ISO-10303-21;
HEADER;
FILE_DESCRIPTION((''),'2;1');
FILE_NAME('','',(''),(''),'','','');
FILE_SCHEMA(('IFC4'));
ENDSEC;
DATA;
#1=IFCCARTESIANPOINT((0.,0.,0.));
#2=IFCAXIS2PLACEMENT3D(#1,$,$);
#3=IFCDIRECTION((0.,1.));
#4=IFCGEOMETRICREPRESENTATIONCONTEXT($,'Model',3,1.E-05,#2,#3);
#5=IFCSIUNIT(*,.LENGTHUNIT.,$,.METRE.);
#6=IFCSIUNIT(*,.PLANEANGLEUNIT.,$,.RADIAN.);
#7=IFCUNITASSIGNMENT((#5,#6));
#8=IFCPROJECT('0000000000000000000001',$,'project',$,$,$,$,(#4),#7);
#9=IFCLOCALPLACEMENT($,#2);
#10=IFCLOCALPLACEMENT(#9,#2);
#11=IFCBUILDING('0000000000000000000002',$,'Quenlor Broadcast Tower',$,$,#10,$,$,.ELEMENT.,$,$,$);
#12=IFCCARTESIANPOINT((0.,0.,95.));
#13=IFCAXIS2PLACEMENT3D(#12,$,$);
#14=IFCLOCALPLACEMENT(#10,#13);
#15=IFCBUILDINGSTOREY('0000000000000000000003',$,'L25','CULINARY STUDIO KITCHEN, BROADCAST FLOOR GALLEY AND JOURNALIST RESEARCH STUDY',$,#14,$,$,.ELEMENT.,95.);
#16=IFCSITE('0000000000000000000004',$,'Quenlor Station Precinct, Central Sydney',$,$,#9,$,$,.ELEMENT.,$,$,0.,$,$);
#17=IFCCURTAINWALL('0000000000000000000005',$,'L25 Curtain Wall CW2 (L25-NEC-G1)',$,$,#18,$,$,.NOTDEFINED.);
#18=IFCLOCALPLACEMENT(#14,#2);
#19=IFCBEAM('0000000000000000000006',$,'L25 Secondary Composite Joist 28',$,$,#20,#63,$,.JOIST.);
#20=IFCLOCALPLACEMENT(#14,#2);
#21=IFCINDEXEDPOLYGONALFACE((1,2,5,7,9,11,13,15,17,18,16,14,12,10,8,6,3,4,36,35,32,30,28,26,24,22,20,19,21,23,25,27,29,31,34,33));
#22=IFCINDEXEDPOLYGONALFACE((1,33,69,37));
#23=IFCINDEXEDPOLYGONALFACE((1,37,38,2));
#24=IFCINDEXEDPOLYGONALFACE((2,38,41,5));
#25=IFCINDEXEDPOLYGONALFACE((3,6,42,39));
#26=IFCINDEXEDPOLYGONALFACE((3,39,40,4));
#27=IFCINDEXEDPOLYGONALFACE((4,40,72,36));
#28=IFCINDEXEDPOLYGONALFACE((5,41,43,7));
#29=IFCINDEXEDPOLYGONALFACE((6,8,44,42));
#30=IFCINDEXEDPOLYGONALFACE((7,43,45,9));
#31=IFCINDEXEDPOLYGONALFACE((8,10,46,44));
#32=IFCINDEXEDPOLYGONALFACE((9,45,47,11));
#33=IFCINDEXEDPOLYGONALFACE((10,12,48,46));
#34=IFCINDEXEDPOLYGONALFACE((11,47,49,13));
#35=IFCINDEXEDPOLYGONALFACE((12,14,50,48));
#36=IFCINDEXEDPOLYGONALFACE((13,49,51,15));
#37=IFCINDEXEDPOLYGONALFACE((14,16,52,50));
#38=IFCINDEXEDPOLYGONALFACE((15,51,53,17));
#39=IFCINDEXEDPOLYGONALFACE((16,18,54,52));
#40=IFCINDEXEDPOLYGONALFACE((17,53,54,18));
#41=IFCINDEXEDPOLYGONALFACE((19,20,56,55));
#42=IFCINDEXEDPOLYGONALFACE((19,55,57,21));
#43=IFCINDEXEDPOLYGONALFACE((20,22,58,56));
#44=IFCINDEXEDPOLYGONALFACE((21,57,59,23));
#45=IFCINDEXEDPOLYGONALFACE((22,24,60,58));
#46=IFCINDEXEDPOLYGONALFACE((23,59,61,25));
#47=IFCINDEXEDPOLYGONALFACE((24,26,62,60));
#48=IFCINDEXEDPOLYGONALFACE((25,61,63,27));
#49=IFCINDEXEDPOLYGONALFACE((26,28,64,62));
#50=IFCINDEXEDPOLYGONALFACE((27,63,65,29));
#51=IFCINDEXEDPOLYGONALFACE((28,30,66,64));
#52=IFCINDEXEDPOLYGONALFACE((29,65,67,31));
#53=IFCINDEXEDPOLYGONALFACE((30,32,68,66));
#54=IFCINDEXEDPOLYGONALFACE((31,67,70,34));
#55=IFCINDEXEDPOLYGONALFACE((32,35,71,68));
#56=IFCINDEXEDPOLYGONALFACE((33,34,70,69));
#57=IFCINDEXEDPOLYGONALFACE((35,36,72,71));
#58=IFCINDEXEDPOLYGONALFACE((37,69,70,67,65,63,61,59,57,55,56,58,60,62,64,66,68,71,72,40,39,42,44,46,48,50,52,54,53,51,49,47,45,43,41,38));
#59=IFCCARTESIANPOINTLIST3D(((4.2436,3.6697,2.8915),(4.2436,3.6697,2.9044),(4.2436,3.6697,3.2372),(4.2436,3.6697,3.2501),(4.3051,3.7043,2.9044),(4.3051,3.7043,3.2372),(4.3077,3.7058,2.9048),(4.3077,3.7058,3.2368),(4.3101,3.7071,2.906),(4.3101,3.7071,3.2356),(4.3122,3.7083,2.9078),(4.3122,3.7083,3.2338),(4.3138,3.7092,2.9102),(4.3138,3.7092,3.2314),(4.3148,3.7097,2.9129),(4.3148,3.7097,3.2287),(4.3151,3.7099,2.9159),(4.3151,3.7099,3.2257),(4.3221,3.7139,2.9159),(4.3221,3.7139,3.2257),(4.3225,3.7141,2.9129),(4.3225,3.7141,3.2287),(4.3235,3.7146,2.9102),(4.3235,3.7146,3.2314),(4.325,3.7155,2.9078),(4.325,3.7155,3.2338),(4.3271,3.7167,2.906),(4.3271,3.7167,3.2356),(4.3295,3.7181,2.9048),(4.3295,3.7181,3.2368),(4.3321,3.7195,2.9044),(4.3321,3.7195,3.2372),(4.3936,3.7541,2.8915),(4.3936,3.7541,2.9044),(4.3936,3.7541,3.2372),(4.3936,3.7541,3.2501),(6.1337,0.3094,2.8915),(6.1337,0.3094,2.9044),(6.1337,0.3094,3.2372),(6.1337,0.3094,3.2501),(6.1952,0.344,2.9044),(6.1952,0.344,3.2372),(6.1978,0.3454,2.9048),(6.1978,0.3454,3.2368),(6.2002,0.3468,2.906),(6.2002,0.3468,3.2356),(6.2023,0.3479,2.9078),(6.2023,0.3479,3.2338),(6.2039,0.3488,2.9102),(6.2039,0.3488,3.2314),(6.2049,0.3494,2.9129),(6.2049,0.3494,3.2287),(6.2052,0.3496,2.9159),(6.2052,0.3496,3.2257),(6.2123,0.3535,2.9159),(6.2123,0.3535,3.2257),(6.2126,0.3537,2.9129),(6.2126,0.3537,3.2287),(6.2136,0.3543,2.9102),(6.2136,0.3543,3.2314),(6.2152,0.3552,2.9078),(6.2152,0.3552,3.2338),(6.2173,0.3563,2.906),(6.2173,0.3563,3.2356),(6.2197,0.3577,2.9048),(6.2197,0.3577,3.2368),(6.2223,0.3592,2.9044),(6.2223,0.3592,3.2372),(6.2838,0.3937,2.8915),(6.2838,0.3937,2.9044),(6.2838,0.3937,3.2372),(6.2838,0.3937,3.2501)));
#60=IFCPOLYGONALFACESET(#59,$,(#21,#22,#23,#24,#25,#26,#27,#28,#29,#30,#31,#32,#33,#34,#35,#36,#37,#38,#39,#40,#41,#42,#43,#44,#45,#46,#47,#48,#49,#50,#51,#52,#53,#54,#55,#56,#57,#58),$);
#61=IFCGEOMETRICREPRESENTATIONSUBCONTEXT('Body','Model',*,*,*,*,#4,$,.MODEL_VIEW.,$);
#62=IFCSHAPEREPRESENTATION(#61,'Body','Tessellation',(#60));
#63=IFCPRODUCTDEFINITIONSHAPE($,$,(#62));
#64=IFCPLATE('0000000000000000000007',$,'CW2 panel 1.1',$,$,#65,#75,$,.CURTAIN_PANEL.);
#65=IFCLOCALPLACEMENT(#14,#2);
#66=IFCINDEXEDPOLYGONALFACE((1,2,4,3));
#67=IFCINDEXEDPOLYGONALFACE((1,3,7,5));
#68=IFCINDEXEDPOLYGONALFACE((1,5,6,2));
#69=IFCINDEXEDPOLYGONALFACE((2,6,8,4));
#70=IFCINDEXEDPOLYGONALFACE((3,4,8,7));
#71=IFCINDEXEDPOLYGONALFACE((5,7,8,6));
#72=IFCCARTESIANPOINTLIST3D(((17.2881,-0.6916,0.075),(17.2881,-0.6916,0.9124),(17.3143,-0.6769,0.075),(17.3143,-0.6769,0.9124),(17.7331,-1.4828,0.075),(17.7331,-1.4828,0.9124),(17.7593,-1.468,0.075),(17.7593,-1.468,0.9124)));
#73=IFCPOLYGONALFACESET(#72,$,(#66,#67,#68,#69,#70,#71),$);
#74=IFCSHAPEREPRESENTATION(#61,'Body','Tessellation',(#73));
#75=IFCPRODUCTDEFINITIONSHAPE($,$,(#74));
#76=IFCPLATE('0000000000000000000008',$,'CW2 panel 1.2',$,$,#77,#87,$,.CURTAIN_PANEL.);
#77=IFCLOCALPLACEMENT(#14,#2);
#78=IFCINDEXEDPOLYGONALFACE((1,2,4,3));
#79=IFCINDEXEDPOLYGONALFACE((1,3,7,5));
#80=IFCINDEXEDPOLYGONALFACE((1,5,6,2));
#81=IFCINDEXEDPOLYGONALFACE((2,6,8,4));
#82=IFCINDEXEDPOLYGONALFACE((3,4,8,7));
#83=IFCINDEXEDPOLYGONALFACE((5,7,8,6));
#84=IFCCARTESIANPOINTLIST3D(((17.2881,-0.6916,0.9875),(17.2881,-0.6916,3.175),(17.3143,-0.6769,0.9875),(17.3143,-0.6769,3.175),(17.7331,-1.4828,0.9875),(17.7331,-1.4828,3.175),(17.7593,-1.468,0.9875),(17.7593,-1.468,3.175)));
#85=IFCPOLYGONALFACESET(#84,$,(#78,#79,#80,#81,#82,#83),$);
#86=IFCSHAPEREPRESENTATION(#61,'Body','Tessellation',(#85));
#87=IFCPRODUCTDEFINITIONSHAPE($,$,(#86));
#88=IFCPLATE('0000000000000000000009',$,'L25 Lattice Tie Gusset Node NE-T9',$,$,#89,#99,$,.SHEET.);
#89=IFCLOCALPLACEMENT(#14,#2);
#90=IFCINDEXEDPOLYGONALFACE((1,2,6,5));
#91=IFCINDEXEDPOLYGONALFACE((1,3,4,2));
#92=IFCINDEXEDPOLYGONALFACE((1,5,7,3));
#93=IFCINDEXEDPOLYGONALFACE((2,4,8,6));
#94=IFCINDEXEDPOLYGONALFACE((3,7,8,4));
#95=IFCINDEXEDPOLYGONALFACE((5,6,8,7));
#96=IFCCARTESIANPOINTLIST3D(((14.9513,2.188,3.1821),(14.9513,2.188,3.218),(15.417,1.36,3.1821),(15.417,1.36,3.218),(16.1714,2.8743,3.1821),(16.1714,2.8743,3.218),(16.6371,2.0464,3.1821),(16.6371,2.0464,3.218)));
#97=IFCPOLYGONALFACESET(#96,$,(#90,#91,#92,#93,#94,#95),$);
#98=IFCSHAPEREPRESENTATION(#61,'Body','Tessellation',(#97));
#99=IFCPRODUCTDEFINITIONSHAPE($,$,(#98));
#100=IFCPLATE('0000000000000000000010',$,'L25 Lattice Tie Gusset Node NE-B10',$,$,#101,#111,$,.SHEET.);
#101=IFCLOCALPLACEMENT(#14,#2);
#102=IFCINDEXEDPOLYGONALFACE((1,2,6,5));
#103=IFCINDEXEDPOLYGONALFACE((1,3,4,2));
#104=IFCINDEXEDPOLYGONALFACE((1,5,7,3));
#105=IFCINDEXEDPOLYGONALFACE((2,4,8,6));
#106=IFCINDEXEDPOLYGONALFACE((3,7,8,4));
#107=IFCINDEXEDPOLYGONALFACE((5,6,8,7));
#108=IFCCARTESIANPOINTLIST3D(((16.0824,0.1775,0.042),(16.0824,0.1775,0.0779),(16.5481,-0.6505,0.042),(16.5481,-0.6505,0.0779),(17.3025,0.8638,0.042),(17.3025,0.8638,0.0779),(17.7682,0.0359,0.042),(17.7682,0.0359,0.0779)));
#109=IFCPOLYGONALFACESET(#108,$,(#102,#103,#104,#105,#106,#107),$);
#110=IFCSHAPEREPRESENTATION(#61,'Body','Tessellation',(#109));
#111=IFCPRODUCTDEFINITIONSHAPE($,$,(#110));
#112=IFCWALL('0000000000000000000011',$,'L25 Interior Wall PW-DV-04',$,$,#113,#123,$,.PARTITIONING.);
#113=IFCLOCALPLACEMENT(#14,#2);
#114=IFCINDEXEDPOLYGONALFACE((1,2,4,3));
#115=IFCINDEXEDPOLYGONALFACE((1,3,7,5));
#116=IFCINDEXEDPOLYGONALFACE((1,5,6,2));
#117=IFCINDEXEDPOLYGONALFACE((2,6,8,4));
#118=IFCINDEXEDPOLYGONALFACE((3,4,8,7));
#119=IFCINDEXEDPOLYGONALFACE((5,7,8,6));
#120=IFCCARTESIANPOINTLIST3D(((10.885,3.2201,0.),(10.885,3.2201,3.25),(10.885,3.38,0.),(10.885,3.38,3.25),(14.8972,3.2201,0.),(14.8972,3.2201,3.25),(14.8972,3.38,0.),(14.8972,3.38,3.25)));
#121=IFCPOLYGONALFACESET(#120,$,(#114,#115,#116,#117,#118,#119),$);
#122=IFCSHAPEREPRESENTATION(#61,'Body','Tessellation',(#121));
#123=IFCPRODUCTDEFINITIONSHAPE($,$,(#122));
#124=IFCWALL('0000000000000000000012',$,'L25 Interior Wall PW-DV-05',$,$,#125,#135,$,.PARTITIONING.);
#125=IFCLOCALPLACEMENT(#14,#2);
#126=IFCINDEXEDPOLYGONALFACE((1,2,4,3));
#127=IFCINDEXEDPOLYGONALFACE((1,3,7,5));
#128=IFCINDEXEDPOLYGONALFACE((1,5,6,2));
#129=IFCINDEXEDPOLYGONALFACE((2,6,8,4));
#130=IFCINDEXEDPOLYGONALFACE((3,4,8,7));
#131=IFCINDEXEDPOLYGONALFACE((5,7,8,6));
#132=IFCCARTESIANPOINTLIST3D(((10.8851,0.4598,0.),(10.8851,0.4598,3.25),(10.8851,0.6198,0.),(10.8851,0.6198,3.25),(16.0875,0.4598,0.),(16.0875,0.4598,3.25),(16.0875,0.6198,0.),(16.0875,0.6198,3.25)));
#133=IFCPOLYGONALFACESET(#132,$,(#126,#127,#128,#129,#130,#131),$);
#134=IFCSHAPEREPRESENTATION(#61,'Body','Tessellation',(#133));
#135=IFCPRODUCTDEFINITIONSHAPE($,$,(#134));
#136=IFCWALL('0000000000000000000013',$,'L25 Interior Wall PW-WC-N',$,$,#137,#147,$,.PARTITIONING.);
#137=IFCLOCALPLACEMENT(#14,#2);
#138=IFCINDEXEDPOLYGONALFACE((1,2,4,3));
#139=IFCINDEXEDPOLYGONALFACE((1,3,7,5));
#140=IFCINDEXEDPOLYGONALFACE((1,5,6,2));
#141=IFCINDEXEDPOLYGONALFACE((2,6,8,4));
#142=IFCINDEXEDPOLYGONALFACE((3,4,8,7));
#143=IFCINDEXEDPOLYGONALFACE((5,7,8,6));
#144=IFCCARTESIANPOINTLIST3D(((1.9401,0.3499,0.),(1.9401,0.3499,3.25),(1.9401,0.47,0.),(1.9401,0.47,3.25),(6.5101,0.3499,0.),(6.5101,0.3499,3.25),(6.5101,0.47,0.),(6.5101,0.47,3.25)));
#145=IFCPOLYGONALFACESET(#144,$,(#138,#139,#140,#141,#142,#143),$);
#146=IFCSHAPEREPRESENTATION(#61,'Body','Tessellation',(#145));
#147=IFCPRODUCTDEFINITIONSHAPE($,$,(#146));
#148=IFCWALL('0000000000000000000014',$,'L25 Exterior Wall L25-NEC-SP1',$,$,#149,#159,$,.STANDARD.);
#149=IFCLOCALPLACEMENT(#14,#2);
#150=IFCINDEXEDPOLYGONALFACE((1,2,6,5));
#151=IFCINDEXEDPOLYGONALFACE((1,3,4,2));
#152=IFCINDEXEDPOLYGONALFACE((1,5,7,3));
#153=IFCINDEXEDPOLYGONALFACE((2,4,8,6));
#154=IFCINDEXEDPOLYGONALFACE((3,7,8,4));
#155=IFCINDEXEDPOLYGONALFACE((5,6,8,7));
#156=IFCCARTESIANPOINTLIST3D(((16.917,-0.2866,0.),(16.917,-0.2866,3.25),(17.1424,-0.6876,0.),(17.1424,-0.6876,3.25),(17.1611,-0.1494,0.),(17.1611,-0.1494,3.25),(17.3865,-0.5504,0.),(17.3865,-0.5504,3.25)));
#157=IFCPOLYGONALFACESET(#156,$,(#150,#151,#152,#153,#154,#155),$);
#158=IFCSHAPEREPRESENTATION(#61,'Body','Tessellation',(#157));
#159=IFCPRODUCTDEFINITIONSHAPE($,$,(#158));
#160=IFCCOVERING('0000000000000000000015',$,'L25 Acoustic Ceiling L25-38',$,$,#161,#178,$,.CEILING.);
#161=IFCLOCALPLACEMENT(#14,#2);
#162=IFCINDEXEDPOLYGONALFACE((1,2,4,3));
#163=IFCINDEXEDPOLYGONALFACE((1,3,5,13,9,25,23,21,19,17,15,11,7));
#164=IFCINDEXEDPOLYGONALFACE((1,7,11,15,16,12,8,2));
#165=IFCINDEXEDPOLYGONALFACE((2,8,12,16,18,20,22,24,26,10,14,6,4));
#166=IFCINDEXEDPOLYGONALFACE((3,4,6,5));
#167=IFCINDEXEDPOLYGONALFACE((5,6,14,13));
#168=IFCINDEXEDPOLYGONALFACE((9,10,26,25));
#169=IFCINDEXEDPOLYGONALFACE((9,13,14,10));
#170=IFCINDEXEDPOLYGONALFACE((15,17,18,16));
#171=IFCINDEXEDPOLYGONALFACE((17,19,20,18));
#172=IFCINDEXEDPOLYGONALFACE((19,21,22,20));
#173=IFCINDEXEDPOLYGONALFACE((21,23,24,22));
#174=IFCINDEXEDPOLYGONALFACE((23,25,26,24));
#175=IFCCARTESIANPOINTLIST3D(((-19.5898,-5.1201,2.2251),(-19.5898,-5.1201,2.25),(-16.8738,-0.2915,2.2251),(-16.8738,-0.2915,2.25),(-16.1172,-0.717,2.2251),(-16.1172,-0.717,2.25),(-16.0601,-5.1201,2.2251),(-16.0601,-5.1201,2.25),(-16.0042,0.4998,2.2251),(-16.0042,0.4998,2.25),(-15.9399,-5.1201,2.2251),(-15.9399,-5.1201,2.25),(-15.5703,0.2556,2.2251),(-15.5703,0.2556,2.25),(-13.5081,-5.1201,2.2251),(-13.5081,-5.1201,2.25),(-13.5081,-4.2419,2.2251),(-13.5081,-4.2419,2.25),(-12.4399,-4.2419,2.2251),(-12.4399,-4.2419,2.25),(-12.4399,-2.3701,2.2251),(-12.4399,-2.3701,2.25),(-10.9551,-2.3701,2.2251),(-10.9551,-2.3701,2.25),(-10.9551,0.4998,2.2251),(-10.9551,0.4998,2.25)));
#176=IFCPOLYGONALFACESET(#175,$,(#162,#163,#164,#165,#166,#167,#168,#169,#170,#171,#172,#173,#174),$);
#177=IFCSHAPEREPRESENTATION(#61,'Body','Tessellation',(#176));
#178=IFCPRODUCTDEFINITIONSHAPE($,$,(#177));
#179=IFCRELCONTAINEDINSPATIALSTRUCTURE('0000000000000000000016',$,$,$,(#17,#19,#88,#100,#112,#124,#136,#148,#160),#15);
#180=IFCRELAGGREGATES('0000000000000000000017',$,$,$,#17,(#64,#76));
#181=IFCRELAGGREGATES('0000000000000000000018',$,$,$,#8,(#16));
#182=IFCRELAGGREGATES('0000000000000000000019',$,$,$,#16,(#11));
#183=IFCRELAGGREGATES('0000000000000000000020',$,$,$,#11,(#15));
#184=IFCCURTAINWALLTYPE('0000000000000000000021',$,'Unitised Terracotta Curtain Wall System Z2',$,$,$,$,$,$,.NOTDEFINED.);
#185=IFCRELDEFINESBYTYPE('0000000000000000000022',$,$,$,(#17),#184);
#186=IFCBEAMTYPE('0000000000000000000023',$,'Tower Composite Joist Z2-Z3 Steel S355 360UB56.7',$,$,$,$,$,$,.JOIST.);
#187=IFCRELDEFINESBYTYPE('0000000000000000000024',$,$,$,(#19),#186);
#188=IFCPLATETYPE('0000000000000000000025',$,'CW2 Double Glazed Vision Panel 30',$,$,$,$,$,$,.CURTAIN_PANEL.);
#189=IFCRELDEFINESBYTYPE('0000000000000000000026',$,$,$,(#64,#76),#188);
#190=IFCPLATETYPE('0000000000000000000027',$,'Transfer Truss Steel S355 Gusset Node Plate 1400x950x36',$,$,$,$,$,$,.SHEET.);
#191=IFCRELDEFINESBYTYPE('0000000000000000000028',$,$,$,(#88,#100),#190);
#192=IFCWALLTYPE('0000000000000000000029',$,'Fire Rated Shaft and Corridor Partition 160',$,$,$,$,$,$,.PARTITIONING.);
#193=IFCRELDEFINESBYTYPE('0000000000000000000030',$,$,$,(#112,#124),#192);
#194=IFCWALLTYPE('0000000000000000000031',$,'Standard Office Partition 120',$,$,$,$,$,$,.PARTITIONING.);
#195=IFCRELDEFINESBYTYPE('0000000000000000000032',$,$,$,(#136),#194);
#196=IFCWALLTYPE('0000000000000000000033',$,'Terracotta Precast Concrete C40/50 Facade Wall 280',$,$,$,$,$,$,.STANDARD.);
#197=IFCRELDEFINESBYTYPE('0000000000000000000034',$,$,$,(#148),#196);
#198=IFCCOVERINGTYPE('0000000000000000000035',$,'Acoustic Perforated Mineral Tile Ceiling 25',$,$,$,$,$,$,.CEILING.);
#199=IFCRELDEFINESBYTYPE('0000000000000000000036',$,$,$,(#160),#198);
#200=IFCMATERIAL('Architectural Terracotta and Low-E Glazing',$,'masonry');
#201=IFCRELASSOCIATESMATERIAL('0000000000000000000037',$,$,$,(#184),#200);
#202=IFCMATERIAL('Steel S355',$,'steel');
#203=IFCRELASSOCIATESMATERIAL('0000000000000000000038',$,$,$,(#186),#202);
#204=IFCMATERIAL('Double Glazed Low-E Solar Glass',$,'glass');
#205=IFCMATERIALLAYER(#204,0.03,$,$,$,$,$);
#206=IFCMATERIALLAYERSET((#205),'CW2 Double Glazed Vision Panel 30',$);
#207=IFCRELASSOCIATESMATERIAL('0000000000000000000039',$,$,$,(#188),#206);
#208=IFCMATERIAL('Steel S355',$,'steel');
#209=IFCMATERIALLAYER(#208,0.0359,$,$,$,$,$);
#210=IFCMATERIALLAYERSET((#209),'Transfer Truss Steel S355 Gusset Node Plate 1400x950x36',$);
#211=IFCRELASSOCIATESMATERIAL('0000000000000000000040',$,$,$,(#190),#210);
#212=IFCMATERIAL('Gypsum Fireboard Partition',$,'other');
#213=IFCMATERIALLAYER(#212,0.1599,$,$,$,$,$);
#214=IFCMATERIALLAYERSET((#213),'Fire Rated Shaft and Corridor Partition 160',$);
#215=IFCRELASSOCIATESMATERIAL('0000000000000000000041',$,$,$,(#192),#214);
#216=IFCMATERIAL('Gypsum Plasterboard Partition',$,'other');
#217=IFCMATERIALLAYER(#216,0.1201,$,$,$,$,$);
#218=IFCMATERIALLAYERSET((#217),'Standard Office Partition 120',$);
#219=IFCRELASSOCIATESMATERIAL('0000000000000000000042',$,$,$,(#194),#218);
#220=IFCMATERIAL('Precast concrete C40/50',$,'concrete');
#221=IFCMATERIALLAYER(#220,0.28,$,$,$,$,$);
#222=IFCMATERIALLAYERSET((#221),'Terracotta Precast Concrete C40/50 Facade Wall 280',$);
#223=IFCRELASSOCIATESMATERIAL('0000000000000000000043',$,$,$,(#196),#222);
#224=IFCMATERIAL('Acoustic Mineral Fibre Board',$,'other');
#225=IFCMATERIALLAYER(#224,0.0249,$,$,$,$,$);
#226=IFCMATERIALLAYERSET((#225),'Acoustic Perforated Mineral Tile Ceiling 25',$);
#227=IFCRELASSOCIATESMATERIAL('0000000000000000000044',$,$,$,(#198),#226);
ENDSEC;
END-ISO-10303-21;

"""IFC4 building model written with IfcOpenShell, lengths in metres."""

from ifc_helpers import new_model, si_unit, direction, frame, frame_2d, origin, origin_2d, place, context, subcontext, project, spatial, polyline, rectangle, i_section, outline, extrude, material, layer, layer_set, material_profile, profile_set, type_object, element, aggregate, save


model = new_model("IFC4")

# Units and contexts
model_context = context("Model", 3, precision=1e-05, world=origin(), true_north=direction((0.0, 1.0)))
body_context = subcontext(model_context, "Body", "Model", "MODEL_VIEW")
ifc_project = project(units=[si_unit("LENGTHUNIT", "METRE"), si_unit("PLANEANGLEUNIT", "RADIAN")], contexts=[model_context])

# Site, building, storey
site_placement = place(None, origin())
site = spatial("IfcSite", under=ifc_project, at=site_placement, Name="Quenlor Station Precinct, Central Sydney", CompositionType="ELEMENT", RefElevation=0.0)
building_placement = place(site_placement, origin())
building = spatial("IfcBuilding", under=site, at=building_placement, Name="Quenlor Broadcast Tower", CompositionType="ELEMENT")
storey_placement = place(building_placement, frame((0.0, 0.0, 95.0)))
storey = spatial("IfcBuildingStorey", under=building, at=storey_placement, Name="L25", Description="CULINARY STUDIO KITCHEN, BROADCAST FLOOR GALLEY AND JOURNALIST RESEARCH STUDY", CompositionType="ELEMENT", Elevation=95.0)

# Curtain wall
ifc_material_1 = material(Name="Architectural Terracotta and Low-E Glazing", Category="masonry")
curtain_wall_type = type_object("IfcCurtainWallType", Name="Unitised Terracotta Curtain Wall System Z2", PredefinedType="NOTDEFINED", material=ifc_material_1)
curtain_wall_placement = place(storey_placement, origin())
curtain_wall = element("IfcCurtainWall", 1, at=curtain_wall_placement, inside=storey, type_object=curtain_wall_type, Name="L25 Curtain Wall CW2 (L25-NEC-G1)", PredefinedType="NOTDEFINED")

# Beam
ifc_material_2 = material(Name="Steel S355", Category="steel")
ifc_material_profile_1 = material_profile(ifc_material_2, i_section(OverallWidth=0.1721, OverallDepth=0.3586, WebThickness=0.0081, FlangeThickness=0.0129, FilletRadius=0.0115, at=origin_2d()))
ifc_profile_set_1 = profile_set([ifc_material_profile_1], Name="Steel S355 360UB56.7")
beam_type_1 = type_object("IfcBeamType", Name="Tower Composite Joist Z2-Z3 Steel S355 360UB56.7", PredefinedType="JOIST", material=ifc_profile_set_1)
beam_1_placement = place(storey_placement, frame((4.3186, 3.7119, 3.0708), z_axis=(0.490249, -0.871582, 0.0), x_axis=(0.871582, 0.490249, 0.0)))
element("IfcBeam", 2, at=beam_1_placement, inside=storey, type_object=beam_type_1, Name="L25 Secondary Composite Joist 28", PredefinedType="JOIST", context=body_context, shape_type="SweptSolid", body=[
    extrude(i_section(OverallWidth=0.1721, OverallDepth=0.3586, WebThickness=0.0081, FlangeThickness=0.0129, FilletRadius=0.0115, at=origin_2d()), origin(), (0.0, 0.0, 1.0), 3.8555),
])

# Plates
ifc_material_3 = material(Name="Double Glazed Low-E Solar Glass", Category="glass")
ifc_layer_1 = layer(ifc_material_3, 0.03)
ifc_layer_set_1 = layer_set([ifc_layer_1], Name="CW2 Double Glazed Vision Panel 30")
plate_type_1 = type_object("IfcPlateType", Name="CW2 Double Glazed Vision Panel 30", PredefinedType="CURTAIN_PANEL", material=ifc_layer_set_1)
plate_1_placement = place(storey_placement, frame((17.5237, -1.0798, 0.075), z_axis=(0.0, 0.0, 1.0), x_axis=(0.490252, -0.871581, 0.0)))
plate_1 = element("IfcPlate", 3, at=plate_1_placement, type_object=plate_type_1, Name="CW2 panel 1.1", PredefinedType="CURTAIN_PANEL", context=body_context, shape_type="SweptSolid", body=[
    extrude(rectangle(XDim=0.9077, YDim=0.03, at=origin_2d()), origin(), (0.0, 0.0, 1.0), 0.8374),
])
plate_2_placement = place(storey_placement, frame((17.5237, -1.0798, 0.9875), z_axis=(0.0, 0.0, 1.0), x_axis=(0.490252, -0.871581, 0.0)))
plate_2 = element("IfcPlate", 4, at=plate_2_placement, type_object=plate_type_1, Name="CW2 panel 1.2", PredefinedType="CURTAIN_PANEL", context=body_context, shape_type="SweptSolid", body=[
    extrude(rectangle(XDim=0.9077, YDim=0.03, at=origin_2d()), origin(), (0.0, 0.0, 1.0), 2.1875),
])
aggregate(curtain_wall, [plate_1, plate_2])

# Plates
ifc_material_4 = material(Name="Steel S355", Category="steel")
ifc_layer_2 = layer(ifc_material_4, 0.0359)
ifc_layer_set_2 = layer_set([ifc_layer_2], Name="Transfer Truss Steel S355 Gusset Node Plate 1400x950x36")
plate_type_2 = type_object("IfcPlateType", Name="Transfer Truss Steel S355 Gusset Node Plate 1400x950x36", PredefinedType="SHEET", material=ifc_layer_set_2)
for number, where, z_axis, x_axis, name in (
    (5, (15.7942, 2.1172, 3.1821), (0.0, 0.0, 1.0), (0.871556, 0.490295, 0.0), "L25 Lattice Tie Gusset Node NE-T9"),
    (6, (16.9253, 0.1067, 0.042), (0.0, 0.0, 1.0), (0.871556, 0.490295, 0.0), "L25 Lattice Tie Gusset Node NE-B10"),
):
    element("IfcPlate", number, at=place(storey_placement, frame(where, z_axis=z_axis, x_axis=x_axis)), inside=storey, type_object=plate_type_2, Name=name, PredefinedType="SHEET", context=body_context, shape_type="SweptSolid", body=[
        extrude(rectangle(XDim=1.3999, YDim=0.95, at=origin_2d()), origin(), (0.0, 0.0, 1.0), 0.0359),
    ])

# Walls
ifc_material_5 = material(Name="Gypsum Fireboard Partition", Category="other")
ifc_layer_3 = layer(ifc_material_5, 0.1599)
ifc_layer_set_3 = layer_set([ifc_layer_3], Name="Fire Rated Shaft and Corridor Partition 160")
wall_type_1 = type_object("IfcWallType", Name="Fire Rated Shaft and Corridor Partition 160", PredefinedType="PARTITIONING", material=ifc_layer_set_3)
wall_1_placement = place(storey_placement, frame((14.8972, 3.3, 0.0), z_axis=(0.0, 0.0, 1.0), x_axis=(-1.0, 0.0, 0.0)))
element("IfcWall", 7, at=wall_1_placement, inside=storey, type_object=wall_type_1, Name="L25 Interior Wall PW-DV-04", PredefinedType="PARTITIONING", context=body_context, shape_type="SweptSolid", body=[
    extrude(rectangle(XDim=4.0122, YDim=0.1599, at=frame_2d((2.0061, 0.0))), origin(), (0.0, 0.0, 1.0), 3.25),
])
wall_2_placement = place(storey_placement, frame((16.0874, 0.5398, 0.0), z_axis=(0.0, 0.0, 1.0), x_axis=(-1.0, 0.0, 0.0)))
element("IfcWall", 8, at=wall_2_placement, inside=storey, type_object=wall_type_1, Name="L25 Interior Wall PW-DV-05", PredefinedType="PARTITIONING", context=body_context, shape_type="SweptSolid", body=[
    extrude(rectangle(XDim=5.2024, YDim=0.1599, at=frame_2d((2.6011, 0.0))), origin(), (0.0, 0.0, 1.0), 3.25),
])
ifc_material_6 = material(Name="Gypsum Plasterboard Partition", Category="other")
ifc_layer_4 = layer(ifc_material_6, 0.1201)
ifc_layer_set_4 = layer_set([ifc_layer_4], Name="Standard Office Partition 120")
wall_type_2 = type_object("IfcWallType", Name="Standard Office Partition 120", PredefinedType="PARTITIONING", material=ifc_layer_set_4)
wall_3_placement = place(storey_placement, frame((1.9399, 0.4099, 0.0), z_axis=(0.0, 0.0, 1.0), x_axis=(1.0, 0.0, 0.0)))
element("IfcWall", 9, at=wall_3_placement, inside=storey, type_object=wall_type_2, Name="L25 Interior Wall PW-WC-N", PredefinedType="PARTITIONING", context=body_context, shape_type="SweptSolid", body=[
    extrude(rectangle(XDim=4.5701, YDim=0.1201, at=frame_2d((2.2852, 0.0))), origin(), (0.0, 0.0, 1.0), 3.25),
])
ifc_material_7 = material(Name="Precast concrete C40/50", Category="concrete")
ifc_layer_5 = layer(ifc_material_7, 0.28)
ifc_layer_set_5 = layer_set([ifc_layer_5], Name="Terracotta Precast Concrete C40/50 Facade Wall 280")
wall_type_3 = type_object("IfcWallType", Name="Terracotta Precast Concrete C40/50 Facade Wall 280", PredefinedType="STANDARD", material=ifc_layer_set_5)
wall_4_placement = place(storey_placement, frame((17.0391, -0.218, 0.0), z_axis=(0.0, 0.0, 1.0), x_axis=(0.490009, -0.871717, 0.0)))
element("IfcWall", 10, at=wall_4_placement, inside=storey, type_object=wall_type_3, Name="L25 Exterior Wall L25-NEC-SP1", PredefinedType="STANDARD", context=body_context, shape_type="SweptSolid", body=[
    extrude(rectangle(XDim=0.46, YDim=0.28, at=frame_2d((0.23, 0.0))), origin(), (0.0, 0.0, 1.0), 3.25),
])

# Covering
ifc_material_8 = material(Name="Acoustic Mineral Fibre Board", Category="other")
ifc_layer_6 = layer(ifc_material_8, 0.0249)
ifc_layer_set_6 = layer_set([ifc_layer_6], Name="Acoustic Perforated Mineral Tile Ceiling 25")
covering_type_1 = type_object("IfcCoveringType", Name="Acoustic Perforated Mineral Tile Ceiling 25", PredefinedType="CEILING", material=ifc_layer_set_6)
covering_1_placement = place(storey_placement, frame((0.0, 0.0, 2.2251)))
element("IfcCovering", 11, at=covering_1_placement, inside=storey, type_object=covering_type_1, Name="L25 Acoustic Ceiling L25-38", PredefinedType="CEILING", context=body_context, shape_type="SweptSolid", body=[
    extrude(outline(polyline([(-16.8738, -0.2915), (-16.1172, -0.717), (-15.5703, 0.2556), (-16.0042, 0.4998), (-10.9551, 0.4998), (-10.9551, -2.3701), (-12.4399, -2.3701), (-12.4399, -4.2419), (-13.5081, -4.2419), (-13.5081, -5.1201), (-15.9399, -5.1201), (-16.0601, -5.1201), (-19.5898, -5.1201), (-16.8738, -0.2915)])), origin(), (0.0, 0.0, 1.0), 0.0249),
])

save(model, "model.ifc")
